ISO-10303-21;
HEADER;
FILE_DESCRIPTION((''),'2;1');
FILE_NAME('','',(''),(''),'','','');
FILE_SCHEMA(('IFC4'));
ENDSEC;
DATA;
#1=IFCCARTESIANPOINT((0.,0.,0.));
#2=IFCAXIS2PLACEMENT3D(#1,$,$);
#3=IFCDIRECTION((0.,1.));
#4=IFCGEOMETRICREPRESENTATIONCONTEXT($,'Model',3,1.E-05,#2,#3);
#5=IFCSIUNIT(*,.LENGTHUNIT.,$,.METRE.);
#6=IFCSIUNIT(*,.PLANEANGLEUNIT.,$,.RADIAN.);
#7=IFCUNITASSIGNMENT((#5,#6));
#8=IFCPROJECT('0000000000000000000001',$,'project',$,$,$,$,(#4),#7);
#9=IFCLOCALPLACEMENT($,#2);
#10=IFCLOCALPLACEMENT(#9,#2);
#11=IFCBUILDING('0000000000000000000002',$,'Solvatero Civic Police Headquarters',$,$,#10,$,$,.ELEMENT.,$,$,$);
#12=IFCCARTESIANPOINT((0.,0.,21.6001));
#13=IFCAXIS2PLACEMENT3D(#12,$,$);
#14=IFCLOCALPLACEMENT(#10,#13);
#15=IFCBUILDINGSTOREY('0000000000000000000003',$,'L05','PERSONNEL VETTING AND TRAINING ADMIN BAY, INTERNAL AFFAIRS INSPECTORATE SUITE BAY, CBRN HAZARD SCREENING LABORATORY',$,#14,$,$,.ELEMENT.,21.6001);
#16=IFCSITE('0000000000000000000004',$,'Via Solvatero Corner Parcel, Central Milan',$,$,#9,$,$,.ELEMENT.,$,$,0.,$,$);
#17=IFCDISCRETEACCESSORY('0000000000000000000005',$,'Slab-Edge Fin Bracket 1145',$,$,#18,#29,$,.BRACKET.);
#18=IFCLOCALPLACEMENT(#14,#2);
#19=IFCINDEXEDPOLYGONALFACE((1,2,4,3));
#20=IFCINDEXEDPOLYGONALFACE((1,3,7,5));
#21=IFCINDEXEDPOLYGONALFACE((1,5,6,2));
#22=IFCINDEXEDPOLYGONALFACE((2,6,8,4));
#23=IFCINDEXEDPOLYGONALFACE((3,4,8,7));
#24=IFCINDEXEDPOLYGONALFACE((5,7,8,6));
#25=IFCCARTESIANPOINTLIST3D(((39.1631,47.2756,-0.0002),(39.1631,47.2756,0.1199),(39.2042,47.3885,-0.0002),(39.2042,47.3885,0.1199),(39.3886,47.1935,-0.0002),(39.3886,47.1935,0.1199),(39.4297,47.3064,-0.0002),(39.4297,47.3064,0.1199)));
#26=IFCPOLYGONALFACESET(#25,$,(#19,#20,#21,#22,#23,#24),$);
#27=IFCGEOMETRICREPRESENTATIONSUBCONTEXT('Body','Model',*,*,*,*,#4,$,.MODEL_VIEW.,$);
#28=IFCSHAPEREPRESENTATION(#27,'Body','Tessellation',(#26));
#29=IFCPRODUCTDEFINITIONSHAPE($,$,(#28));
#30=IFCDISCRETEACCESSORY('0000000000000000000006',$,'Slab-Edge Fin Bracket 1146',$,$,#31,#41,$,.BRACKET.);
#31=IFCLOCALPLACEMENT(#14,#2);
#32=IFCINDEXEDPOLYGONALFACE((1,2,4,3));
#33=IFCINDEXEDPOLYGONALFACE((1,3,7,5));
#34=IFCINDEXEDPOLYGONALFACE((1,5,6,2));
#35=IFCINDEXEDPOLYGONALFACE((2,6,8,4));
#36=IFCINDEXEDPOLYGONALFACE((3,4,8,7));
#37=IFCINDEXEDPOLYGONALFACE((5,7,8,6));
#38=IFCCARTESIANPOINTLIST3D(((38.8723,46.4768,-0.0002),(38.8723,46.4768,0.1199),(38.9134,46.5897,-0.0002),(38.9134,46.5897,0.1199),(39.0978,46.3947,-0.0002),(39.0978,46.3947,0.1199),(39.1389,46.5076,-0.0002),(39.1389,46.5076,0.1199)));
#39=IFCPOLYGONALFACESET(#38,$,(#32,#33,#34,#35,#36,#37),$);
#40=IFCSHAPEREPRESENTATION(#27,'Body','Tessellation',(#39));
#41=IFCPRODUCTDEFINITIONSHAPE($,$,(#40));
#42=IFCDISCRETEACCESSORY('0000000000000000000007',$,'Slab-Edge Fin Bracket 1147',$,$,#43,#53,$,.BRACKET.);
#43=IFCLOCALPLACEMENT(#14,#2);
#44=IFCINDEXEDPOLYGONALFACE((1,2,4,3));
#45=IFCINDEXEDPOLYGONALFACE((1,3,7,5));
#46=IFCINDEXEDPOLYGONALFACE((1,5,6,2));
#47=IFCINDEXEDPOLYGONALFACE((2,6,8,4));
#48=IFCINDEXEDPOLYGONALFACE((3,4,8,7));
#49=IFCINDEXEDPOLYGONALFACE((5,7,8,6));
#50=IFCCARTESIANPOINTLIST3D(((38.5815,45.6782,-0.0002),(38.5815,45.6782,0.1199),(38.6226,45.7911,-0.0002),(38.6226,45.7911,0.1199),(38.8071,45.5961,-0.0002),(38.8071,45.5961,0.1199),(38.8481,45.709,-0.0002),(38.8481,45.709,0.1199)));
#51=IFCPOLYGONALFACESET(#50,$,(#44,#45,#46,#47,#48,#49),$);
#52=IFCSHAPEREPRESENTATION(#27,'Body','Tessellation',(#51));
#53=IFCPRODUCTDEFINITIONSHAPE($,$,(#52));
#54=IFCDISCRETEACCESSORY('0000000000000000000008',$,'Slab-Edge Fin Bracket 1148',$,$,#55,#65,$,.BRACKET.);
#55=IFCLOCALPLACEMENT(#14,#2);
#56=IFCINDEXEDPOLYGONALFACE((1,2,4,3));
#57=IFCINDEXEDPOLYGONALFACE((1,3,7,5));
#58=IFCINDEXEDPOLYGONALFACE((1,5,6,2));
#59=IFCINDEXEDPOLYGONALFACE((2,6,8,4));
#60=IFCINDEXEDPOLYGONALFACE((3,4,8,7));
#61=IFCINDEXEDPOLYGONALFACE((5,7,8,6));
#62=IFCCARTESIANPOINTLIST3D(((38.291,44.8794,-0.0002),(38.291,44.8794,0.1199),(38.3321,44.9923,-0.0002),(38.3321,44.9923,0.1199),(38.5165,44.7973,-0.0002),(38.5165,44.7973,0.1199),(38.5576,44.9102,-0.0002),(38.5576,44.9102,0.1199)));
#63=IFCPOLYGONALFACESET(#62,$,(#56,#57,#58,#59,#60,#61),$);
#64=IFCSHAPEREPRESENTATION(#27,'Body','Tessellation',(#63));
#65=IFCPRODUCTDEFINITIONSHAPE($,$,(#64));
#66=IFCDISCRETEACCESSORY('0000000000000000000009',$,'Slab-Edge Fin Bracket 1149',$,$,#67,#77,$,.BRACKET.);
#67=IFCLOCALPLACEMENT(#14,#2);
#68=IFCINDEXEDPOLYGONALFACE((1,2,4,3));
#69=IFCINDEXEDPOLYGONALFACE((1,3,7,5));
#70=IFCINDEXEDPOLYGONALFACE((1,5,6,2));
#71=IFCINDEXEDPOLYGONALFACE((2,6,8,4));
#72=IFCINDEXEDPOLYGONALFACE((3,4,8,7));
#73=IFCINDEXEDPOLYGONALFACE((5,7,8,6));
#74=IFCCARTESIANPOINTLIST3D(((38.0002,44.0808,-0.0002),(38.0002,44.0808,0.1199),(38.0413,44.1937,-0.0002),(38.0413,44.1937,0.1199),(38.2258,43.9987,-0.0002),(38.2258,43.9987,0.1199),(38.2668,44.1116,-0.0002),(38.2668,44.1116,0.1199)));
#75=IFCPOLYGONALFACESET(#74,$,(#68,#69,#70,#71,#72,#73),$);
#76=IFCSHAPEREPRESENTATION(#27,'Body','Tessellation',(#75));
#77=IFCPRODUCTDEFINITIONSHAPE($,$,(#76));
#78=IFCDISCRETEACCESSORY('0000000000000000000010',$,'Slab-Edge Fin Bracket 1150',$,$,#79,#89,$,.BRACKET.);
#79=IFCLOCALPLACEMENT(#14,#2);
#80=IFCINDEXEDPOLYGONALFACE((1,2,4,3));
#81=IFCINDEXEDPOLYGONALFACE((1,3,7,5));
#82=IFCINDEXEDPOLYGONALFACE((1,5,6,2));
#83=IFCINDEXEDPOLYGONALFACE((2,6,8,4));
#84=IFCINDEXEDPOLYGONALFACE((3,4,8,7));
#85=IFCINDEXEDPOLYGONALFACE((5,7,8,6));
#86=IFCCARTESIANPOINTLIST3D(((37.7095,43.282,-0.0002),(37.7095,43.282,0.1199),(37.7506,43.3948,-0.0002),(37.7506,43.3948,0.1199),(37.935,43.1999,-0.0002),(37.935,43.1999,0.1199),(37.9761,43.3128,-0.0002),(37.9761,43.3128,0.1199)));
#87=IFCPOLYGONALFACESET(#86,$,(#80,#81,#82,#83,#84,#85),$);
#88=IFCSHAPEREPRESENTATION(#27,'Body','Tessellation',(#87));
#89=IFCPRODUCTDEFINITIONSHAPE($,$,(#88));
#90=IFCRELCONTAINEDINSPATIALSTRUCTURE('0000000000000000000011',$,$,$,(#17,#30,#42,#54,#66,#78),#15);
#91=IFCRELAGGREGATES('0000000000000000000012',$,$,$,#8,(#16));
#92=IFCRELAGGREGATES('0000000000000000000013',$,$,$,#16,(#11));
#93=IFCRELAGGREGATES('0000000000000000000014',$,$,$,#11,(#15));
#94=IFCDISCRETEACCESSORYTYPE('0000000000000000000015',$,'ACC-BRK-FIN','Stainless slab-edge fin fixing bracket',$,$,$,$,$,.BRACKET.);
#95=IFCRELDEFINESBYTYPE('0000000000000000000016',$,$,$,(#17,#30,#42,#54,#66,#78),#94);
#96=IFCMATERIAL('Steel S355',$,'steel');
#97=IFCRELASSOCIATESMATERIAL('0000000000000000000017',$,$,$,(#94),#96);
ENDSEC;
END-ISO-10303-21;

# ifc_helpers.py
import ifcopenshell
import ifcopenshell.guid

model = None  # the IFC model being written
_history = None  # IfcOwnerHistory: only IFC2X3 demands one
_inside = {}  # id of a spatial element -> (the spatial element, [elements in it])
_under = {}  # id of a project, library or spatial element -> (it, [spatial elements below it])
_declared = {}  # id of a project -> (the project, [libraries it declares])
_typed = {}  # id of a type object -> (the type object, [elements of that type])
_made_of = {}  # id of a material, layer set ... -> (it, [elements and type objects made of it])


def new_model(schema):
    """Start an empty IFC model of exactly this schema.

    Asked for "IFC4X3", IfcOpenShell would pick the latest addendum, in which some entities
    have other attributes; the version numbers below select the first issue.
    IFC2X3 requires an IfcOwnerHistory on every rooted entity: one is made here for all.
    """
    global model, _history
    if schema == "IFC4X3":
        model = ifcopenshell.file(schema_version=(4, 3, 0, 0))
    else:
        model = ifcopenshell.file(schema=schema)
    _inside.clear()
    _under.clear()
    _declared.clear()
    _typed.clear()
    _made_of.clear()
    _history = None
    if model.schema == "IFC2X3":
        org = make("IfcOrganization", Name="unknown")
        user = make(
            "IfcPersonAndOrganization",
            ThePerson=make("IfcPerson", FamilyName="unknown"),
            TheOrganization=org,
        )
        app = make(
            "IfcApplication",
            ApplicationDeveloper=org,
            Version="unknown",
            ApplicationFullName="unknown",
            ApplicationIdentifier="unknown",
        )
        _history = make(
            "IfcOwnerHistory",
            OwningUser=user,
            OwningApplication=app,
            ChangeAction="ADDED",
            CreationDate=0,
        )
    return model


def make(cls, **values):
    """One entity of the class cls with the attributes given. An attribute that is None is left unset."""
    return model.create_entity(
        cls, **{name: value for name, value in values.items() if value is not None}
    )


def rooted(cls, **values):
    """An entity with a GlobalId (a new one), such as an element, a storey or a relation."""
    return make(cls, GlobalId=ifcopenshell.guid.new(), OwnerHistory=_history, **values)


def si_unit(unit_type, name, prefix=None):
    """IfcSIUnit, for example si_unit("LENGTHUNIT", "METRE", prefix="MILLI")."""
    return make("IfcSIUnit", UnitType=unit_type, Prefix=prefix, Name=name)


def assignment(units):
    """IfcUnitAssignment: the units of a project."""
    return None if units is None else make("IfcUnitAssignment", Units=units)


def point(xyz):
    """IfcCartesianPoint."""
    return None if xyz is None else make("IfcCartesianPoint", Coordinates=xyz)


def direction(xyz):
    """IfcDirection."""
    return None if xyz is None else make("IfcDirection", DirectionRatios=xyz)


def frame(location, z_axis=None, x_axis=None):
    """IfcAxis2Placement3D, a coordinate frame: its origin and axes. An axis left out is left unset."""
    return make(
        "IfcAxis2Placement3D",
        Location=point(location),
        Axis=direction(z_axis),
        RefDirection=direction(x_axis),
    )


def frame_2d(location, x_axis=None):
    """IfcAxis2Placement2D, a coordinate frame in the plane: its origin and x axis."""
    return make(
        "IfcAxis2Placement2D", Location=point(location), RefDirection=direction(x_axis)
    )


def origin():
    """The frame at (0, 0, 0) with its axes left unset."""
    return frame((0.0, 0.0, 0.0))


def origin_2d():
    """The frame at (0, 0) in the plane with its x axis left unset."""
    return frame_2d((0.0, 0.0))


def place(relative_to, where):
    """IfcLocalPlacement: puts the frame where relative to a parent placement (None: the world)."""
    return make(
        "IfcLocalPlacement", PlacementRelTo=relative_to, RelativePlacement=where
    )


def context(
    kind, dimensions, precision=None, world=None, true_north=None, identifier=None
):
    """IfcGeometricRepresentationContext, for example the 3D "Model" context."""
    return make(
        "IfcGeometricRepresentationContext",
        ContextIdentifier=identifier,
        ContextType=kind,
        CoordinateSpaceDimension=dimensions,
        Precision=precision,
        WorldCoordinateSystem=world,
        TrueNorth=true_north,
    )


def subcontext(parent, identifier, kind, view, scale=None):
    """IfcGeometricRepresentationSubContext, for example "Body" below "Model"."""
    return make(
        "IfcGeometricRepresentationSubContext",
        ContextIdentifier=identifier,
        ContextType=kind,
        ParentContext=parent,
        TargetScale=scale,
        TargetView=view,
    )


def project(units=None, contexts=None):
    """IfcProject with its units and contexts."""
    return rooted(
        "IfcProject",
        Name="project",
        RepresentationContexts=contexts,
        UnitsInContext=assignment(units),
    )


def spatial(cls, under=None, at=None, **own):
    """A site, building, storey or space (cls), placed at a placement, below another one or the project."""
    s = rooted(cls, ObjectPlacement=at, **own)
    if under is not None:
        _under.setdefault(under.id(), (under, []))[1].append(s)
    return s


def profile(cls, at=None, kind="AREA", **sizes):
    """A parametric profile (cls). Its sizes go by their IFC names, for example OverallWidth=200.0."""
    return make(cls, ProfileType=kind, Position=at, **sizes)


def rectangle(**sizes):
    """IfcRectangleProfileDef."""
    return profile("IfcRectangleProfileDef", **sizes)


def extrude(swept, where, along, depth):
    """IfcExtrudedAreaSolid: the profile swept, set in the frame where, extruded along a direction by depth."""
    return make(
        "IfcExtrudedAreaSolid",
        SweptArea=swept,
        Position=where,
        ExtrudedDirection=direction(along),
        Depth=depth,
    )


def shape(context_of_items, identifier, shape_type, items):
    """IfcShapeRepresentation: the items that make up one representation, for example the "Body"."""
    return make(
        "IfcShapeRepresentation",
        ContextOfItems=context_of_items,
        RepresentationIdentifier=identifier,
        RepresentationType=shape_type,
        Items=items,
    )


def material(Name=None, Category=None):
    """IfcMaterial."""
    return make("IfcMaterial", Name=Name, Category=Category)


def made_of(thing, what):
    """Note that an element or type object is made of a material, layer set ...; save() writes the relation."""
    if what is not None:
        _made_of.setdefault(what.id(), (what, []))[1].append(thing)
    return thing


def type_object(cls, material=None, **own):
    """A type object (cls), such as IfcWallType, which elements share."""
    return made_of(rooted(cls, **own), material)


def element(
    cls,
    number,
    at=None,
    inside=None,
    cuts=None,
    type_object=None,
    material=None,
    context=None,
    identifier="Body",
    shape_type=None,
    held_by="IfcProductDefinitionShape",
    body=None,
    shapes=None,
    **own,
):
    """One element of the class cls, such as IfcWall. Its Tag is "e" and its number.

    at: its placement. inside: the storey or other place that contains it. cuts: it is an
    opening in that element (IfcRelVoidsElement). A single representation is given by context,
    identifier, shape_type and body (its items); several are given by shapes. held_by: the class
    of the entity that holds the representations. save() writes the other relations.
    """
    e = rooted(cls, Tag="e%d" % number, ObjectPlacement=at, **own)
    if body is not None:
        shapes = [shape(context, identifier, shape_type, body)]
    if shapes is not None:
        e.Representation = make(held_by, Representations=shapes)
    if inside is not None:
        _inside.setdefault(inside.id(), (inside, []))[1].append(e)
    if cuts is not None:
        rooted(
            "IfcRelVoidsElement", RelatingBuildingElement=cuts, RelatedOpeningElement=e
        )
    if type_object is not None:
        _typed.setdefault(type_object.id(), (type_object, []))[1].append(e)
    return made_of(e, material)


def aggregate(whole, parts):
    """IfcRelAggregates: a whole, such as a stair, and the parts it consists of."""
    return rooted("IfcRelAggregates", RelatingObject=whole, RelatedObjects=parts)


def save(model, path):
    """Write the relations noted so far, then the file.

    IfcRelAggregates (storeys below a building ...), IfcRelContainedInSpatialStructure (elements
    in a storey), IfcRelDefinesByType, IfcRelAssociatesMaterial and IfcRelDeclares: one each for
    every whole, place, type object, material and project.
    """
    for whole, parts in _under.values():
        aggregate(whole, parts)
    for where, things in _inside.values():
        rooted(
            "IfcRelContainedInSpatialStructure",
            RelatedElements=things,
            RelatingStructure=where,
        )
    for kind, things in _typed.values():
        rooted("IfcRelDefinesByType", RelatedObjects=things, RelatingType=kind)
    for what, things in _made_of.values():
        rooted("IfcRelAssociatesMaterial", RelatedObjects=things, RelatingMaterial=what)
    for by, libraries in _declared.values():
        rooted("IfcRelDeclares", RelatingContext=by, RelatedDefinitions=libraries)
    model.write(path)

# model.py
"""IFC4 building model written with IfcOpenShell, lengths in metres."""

from ifc_helpers import new_model, si_unit, direction, frame, origin, origin_2d, place, context, subcontext, project, spatial, rectangle, extrude, material, type_object, element, save


model = new_model("IFC4")

# Units and contexts
model_context = context("Model", 3, precision=1e-05, world=origin(), true_north=direction((0.0, 1.0)))
body_context = subcontext(model_context, "Body", "Model", "MODEL_VIEW")
ifc_project = project(units=[si_unit("LENGTHUNIT", "METRE"), si_unit("PLANEANGLEUNIT", "RADIAN")], contexts=[model_context])

# Site, building, storey
site_placement = place(None, origin())
site = spatial("IfcSite", under=ifc_project, at=site_placement, Name="Via Solvatero Corner Parcel, Central Milan", CompositionType="ELEMENT", RefElevation=0.0)
building_placement = place(site_placement, origin())
building = spatial("IfcBuilding", under=site, at=building_placement, Name="Solvatero Civic Police Headquarters", CompositionType="ELEMENT")
storey_placement = place(building_placement, frame((0.0, 0.0, 21.6001)))
storey = spatial("IfcBuildingStorey", under=building, at=storey_placement, Name="L05", Description="PERSONNEL VETTING AND TRAINING ADMIN BAY, INTERNAL AFFAIRS INSPECTORATE SUITE BAY, CBRN HAZARD SCREENING LABORATORY", CompositionType="ELEMENT", Elevation=21.6001)

# Discrete accessories
ifc_material_1 = material(Name="Steel S355", Category="steel")
discrete_accessory_type = type_object("IfcDiscreteAccessoryType", Name="ACC-BRK-FIN", Description="Stainless slab-edge fin fixing bracket", PredefinedType="BRACKET", material=ifc_material_1)
for number, where, z_axis, x_axis, name in (
    (1, (39.2964, 47.291, -0.0002), (0.0, 0.0, 1.0), (-0.34202, -0.939693, 0.0), "Slab-Edge Fin Bracket 1145"),
    (2, (39.0056, 46.4922, -0.0002), (0.0, 0.0, 1.0), (-0.34202, -0.939693, 0.0), "Slab-Edge Fin Bracket 1146"),
    (3, (38.7148, 45.6936, -0.0002), (0.0, 0.0, 1.0), (-0.34202, -0.939693, 0.0), "Slab-Edge Fin Bracket 1147"),
    (4, (38.4243, 44.8948, -0.0002), (0.0, 0.0, 1.0), (-0.34202, -0.939693, 0.0), "Slab-Edge Fin Bracket 1148"),
    (5, (38.1335, 44.0962, -0.0002), (0.0, 0.0, 1.0), (-0.34202, -0.939693, 0.0), "Slab-Edge Fin Bracket 1149"),
    (6, (37.8428, 43.2974, -0.0002), (0.0, 0.0, 1.0), (-0.34202, -0.939693, 0.0), "Slab-Edge Fin Bracket 1150"),
):
    element("IfcDiscreteAccessory", number, at=place(storey_placement, frame(where, z_axis=z_axis, x_axis=x_axis)), inside=storey, type_object=discrete_accessory_type, Name=name, PredefinedType="BRACKET", context=body_context, shape_type="SweptSolid", body=[
        extrude(rectangle(XDim=0.1201, YDim=0.24, at=origin_2d()), origin(), (0.0, 0.0, 1.0), 0.1201),
    ])

save(model, "model.ifc")
